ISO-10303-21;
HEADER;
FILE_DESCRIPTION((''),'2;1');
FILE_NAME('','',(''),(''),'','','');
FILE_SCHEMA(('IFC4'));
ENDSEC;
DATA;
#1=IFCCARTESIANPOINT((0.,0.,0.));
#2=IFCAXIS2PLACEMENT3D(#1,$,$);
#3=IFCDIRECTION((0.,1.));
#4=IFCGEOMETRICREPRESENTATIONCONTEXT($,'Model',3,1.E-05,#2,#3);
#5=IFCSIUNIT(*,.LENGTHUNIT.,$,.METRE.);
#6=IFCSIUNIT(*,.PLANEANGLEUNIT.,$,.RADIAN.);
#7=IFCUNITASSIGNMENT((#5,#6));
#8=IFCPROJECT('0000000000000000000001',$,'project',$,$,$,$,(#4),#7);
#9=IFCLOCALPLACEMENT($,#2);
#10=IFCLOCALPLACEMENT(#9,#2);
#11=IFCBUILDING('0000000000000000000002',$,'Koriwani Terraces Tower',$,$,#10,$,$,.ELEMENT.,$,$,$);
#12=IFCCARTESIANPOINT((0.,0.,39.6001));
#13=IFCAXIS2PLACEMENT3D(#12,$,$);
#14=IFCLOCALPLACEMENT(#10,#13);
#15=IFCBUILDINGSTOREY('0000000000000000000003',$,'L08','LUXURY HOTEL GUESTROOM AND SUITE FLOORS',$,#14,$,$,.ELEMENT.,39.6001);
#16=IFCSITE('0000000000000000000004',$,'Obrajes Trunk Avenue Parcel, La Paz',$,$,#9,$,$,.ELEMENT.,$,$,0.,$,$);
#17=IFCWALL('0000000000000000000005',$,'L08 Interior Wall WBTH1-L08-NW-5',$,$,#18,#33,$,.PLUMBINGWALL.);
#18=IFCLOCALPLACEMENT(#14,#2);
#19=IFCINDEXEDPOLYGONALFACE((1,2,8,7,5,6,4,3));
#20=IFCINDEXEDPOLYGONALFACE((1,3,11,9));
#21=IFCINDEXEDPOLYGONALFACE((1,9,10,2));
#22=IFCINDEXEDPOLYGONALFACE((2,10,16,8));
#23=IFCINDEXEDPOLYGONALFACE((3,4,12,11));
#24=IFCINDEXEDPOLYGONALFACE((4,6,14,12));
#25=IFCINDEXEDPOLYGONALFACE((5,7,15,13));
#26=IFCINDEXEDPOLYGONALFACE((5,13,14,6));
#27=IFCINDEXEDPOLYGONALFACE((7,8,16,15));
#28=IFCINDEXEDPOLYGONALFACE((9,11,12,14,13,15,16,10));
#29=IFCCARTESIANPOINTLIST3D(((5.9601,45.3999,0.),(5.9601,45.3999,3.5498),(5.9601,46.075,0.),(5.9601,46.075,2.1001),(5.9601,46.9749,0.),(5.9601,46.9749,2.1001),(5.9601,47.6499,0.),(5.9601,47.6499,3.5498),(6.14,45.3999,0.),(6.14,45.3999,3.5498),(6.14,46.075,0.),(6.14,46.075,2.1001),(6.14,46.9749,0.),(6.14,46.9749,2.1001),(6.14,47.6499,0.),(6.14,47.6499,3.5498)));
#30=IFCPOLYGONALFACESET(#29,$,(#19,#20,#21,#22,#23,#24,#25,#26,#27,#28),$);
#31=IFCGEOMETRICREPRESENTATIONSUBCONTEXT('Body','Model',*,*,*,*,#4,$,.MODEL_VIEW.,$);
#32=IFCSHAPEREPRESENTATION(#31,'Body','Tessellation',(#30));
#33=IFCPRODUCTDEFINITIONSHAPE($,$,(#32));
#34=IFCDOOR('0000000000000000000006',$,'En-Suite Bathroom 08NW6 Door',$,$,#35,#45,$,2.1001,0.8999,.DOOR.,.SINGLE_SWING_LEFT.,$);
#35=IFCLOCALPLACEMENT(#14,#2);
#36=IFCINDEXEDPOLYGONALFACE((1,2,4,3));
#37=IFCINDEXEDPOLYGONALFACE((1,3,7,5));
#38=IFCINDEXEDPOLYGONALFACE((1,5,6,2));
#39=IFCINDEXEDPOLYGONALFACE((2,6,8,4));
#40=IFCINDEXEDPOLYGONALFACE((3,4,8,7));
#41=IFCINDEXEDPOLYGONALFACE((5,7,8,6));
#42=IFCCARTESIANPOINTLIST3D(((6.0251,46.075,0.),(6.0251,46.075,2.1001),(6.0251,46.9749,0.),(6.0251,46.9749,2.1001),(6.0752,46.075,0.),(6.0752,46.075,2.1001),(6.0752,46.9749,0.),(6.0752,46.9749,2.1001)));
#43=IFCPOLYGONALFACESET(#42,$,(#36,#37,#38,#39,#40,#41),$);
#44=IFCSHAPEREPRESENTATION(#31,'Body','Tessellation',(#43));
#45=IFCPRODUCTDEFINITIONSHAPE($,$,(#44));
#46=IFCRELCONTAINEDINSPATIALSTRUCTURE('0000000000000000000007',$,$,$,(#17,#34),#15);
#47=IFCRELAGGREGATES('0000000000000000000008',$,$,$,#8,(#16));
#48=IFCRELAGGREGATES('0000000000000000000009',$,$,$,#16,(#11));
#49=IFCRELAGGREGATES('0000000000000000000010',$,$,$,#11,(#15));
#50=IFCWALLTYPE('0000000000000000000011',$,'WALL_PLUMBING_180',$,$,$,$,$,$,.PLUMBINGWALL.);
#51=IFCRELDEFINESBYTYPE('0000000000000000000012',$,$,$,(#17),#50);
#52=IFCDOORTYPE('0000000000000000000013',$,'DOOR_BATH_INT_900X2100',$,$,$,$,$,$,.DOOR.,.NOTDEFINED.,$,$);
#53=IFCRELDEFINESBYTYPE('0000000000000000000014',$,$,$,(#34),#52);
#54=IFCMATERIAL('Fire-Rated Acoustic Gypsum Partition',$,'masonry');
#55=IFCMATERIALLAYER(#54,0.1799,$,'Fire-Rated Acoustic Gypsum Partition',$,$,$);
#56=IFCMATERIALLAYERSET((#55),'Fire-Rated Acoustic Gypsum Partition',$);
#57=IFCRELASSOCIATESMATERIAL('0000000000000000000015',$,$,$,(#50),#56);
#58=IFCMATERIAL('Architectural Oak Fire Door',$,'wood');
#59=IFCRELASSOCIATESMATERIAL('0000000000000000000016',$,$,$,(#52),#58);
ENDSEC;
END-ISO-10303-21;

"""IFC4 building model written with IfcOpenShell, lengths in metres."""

from ifc_helpers import new_model, si_unit, direction, frame, frame_2d, origin, place, context, subcontext, project, spatial, rectangle, extrude, material, layer, layer_set, type_object, element, fill, save


model = new_model("IFC4")

# Units and contexts
model_context = context("Model", 3, precision=1e-05, world=origin(), true_north=direction((0.0, 1.0)))
body_context = subcontext(model_context, "Body", "Model", "MODEL_VIEW")
ifc_project = project(units=[si_unit("LENGTHUNIT", "METRE"), si_unit("PLANEANGLEUNIT", "RADIAN")], contexts=[model_context])

# Site, building, storey
site_placement = place(None, origin())
site = spatial("IfcSite", under=ifc_project, at=site_placement, Name="Obrajes Trunk Avenue Parcel, La Paz", CompositionType="ELEMENT", RefElevation=0.0)
building_placement = place(site_placement, origin())
building = spatial("IfcBuilding", under=site, at=building_placement, Name="Koriwani Terraces Tower", CompositionType="ELEMENT")
storey_placement = place(building_placement, frame((0.0, 0.0, 39.6001)))
storey = spatial("IfcBuildingStorey", under=building, at=storey_placement, Name="L08", Description="LUXURY HOTEL GUESTROOM AND SUITE FLOORS", CompositionType="ELEMENT", Elevation=39.6001)

# Shared definitions
ifc_material_1 = material(Name="Fire-Rated Acoustic Gypsum Partition", Category="masonry")
ifc_layer_1 = layer(ifc_material_1, 0.1799, Name="Fire-Rated Acoustic Gypsum Partition")
ifc_layer_set_1 = layer_set([ifc_layer_1], Name="Fire-Rated Acoustic Gypsum Partition")
wall_type_1 = type_object("IfcWallType", Name="WALL_PLUMBING_180", PredefinedType="PLUMBINGWALL", material=ifc_layer_set_1)

# Shared definitions
ifc_material_2 = material(Name="Architectural Oak Fire Door", Category="wood")
door_type_1 = type_object("IfcDoorType", Name="DOOR_BATH_INT_900X2100", OperationType="NOTDEFINED", PredefinedType="DOOR", material=ifc_material_2)

# Wall, opening, door
wall_1_placement = place(storey_placement, frame((6.05, 45.3999, 0.0), z_axis=(0.0, 0.0, 1.0), x_axis=(0.0, 1.0, 0.0)))
wall_1 = element("IfcWall", 1, at=wall_1_placement, inside=storey, type_object=wall_type_1, Name="L08 Interior Wall WBTH1-L08-NW-5", PredefinedType="PLUMBINGWALL", context=body_context, shape_type="SweptSolid", body=[
    extrude(rectangle(XDim=2.25, YDim=0.1799, at=frame_2d((1.125, 0.0))), origin(), (0.0, 0.0, 1.0), 3.5498),
])
opening_1_placement = place(wall_1_placement, frame((0.675, 0.0, 0.0)))
opening_1 = element("IfcOpeningElement", 2, at=opening_1_placement, cuts=wall_1, PredefinedType="OPENING", context=body_context, shape_type="SweptSolid", body=[
    extrude(rectangle(XDim=0.8999, YDim=2.1001, at=frame_2d((0.45, 1.05))), frame((0.0, 0.1001, 0.0), z_axis=(0.0, -1.0, 0.0), x_axis=(1.0, 0.0, 0.0)), (0.0, 0.0, 1.0), 0.2),
])
door_1_placement = place(opening_1_placement, origin())
door_1 = element("IfcDoor", 3, at=door_1_placement, inside=storey, type_object=door_type_1, Name="En-Suite Bathroom 08NW6 Door", OperationType="SINGLE_SWING_LEFT", OverallHeight=2.1001, OverallWidth=0.8999, PredefinedType="DOOR", context=body_context, shape_type="SweptSolid", body=[
    extrude(rectangle(XDim=0.8999, YDim=2.1001, at=frame_2d((0.45, 1.05))), frame((0.0, 0.0249, 0.0), z_axis=(0.0, -1.0, 0.0), x_axis=(1.0, 0.0, 0.0)), (0.0, 0.0, 1.0), 0.05),
])
fill(opening_1, door_1)

save(model, "model.ifc")
